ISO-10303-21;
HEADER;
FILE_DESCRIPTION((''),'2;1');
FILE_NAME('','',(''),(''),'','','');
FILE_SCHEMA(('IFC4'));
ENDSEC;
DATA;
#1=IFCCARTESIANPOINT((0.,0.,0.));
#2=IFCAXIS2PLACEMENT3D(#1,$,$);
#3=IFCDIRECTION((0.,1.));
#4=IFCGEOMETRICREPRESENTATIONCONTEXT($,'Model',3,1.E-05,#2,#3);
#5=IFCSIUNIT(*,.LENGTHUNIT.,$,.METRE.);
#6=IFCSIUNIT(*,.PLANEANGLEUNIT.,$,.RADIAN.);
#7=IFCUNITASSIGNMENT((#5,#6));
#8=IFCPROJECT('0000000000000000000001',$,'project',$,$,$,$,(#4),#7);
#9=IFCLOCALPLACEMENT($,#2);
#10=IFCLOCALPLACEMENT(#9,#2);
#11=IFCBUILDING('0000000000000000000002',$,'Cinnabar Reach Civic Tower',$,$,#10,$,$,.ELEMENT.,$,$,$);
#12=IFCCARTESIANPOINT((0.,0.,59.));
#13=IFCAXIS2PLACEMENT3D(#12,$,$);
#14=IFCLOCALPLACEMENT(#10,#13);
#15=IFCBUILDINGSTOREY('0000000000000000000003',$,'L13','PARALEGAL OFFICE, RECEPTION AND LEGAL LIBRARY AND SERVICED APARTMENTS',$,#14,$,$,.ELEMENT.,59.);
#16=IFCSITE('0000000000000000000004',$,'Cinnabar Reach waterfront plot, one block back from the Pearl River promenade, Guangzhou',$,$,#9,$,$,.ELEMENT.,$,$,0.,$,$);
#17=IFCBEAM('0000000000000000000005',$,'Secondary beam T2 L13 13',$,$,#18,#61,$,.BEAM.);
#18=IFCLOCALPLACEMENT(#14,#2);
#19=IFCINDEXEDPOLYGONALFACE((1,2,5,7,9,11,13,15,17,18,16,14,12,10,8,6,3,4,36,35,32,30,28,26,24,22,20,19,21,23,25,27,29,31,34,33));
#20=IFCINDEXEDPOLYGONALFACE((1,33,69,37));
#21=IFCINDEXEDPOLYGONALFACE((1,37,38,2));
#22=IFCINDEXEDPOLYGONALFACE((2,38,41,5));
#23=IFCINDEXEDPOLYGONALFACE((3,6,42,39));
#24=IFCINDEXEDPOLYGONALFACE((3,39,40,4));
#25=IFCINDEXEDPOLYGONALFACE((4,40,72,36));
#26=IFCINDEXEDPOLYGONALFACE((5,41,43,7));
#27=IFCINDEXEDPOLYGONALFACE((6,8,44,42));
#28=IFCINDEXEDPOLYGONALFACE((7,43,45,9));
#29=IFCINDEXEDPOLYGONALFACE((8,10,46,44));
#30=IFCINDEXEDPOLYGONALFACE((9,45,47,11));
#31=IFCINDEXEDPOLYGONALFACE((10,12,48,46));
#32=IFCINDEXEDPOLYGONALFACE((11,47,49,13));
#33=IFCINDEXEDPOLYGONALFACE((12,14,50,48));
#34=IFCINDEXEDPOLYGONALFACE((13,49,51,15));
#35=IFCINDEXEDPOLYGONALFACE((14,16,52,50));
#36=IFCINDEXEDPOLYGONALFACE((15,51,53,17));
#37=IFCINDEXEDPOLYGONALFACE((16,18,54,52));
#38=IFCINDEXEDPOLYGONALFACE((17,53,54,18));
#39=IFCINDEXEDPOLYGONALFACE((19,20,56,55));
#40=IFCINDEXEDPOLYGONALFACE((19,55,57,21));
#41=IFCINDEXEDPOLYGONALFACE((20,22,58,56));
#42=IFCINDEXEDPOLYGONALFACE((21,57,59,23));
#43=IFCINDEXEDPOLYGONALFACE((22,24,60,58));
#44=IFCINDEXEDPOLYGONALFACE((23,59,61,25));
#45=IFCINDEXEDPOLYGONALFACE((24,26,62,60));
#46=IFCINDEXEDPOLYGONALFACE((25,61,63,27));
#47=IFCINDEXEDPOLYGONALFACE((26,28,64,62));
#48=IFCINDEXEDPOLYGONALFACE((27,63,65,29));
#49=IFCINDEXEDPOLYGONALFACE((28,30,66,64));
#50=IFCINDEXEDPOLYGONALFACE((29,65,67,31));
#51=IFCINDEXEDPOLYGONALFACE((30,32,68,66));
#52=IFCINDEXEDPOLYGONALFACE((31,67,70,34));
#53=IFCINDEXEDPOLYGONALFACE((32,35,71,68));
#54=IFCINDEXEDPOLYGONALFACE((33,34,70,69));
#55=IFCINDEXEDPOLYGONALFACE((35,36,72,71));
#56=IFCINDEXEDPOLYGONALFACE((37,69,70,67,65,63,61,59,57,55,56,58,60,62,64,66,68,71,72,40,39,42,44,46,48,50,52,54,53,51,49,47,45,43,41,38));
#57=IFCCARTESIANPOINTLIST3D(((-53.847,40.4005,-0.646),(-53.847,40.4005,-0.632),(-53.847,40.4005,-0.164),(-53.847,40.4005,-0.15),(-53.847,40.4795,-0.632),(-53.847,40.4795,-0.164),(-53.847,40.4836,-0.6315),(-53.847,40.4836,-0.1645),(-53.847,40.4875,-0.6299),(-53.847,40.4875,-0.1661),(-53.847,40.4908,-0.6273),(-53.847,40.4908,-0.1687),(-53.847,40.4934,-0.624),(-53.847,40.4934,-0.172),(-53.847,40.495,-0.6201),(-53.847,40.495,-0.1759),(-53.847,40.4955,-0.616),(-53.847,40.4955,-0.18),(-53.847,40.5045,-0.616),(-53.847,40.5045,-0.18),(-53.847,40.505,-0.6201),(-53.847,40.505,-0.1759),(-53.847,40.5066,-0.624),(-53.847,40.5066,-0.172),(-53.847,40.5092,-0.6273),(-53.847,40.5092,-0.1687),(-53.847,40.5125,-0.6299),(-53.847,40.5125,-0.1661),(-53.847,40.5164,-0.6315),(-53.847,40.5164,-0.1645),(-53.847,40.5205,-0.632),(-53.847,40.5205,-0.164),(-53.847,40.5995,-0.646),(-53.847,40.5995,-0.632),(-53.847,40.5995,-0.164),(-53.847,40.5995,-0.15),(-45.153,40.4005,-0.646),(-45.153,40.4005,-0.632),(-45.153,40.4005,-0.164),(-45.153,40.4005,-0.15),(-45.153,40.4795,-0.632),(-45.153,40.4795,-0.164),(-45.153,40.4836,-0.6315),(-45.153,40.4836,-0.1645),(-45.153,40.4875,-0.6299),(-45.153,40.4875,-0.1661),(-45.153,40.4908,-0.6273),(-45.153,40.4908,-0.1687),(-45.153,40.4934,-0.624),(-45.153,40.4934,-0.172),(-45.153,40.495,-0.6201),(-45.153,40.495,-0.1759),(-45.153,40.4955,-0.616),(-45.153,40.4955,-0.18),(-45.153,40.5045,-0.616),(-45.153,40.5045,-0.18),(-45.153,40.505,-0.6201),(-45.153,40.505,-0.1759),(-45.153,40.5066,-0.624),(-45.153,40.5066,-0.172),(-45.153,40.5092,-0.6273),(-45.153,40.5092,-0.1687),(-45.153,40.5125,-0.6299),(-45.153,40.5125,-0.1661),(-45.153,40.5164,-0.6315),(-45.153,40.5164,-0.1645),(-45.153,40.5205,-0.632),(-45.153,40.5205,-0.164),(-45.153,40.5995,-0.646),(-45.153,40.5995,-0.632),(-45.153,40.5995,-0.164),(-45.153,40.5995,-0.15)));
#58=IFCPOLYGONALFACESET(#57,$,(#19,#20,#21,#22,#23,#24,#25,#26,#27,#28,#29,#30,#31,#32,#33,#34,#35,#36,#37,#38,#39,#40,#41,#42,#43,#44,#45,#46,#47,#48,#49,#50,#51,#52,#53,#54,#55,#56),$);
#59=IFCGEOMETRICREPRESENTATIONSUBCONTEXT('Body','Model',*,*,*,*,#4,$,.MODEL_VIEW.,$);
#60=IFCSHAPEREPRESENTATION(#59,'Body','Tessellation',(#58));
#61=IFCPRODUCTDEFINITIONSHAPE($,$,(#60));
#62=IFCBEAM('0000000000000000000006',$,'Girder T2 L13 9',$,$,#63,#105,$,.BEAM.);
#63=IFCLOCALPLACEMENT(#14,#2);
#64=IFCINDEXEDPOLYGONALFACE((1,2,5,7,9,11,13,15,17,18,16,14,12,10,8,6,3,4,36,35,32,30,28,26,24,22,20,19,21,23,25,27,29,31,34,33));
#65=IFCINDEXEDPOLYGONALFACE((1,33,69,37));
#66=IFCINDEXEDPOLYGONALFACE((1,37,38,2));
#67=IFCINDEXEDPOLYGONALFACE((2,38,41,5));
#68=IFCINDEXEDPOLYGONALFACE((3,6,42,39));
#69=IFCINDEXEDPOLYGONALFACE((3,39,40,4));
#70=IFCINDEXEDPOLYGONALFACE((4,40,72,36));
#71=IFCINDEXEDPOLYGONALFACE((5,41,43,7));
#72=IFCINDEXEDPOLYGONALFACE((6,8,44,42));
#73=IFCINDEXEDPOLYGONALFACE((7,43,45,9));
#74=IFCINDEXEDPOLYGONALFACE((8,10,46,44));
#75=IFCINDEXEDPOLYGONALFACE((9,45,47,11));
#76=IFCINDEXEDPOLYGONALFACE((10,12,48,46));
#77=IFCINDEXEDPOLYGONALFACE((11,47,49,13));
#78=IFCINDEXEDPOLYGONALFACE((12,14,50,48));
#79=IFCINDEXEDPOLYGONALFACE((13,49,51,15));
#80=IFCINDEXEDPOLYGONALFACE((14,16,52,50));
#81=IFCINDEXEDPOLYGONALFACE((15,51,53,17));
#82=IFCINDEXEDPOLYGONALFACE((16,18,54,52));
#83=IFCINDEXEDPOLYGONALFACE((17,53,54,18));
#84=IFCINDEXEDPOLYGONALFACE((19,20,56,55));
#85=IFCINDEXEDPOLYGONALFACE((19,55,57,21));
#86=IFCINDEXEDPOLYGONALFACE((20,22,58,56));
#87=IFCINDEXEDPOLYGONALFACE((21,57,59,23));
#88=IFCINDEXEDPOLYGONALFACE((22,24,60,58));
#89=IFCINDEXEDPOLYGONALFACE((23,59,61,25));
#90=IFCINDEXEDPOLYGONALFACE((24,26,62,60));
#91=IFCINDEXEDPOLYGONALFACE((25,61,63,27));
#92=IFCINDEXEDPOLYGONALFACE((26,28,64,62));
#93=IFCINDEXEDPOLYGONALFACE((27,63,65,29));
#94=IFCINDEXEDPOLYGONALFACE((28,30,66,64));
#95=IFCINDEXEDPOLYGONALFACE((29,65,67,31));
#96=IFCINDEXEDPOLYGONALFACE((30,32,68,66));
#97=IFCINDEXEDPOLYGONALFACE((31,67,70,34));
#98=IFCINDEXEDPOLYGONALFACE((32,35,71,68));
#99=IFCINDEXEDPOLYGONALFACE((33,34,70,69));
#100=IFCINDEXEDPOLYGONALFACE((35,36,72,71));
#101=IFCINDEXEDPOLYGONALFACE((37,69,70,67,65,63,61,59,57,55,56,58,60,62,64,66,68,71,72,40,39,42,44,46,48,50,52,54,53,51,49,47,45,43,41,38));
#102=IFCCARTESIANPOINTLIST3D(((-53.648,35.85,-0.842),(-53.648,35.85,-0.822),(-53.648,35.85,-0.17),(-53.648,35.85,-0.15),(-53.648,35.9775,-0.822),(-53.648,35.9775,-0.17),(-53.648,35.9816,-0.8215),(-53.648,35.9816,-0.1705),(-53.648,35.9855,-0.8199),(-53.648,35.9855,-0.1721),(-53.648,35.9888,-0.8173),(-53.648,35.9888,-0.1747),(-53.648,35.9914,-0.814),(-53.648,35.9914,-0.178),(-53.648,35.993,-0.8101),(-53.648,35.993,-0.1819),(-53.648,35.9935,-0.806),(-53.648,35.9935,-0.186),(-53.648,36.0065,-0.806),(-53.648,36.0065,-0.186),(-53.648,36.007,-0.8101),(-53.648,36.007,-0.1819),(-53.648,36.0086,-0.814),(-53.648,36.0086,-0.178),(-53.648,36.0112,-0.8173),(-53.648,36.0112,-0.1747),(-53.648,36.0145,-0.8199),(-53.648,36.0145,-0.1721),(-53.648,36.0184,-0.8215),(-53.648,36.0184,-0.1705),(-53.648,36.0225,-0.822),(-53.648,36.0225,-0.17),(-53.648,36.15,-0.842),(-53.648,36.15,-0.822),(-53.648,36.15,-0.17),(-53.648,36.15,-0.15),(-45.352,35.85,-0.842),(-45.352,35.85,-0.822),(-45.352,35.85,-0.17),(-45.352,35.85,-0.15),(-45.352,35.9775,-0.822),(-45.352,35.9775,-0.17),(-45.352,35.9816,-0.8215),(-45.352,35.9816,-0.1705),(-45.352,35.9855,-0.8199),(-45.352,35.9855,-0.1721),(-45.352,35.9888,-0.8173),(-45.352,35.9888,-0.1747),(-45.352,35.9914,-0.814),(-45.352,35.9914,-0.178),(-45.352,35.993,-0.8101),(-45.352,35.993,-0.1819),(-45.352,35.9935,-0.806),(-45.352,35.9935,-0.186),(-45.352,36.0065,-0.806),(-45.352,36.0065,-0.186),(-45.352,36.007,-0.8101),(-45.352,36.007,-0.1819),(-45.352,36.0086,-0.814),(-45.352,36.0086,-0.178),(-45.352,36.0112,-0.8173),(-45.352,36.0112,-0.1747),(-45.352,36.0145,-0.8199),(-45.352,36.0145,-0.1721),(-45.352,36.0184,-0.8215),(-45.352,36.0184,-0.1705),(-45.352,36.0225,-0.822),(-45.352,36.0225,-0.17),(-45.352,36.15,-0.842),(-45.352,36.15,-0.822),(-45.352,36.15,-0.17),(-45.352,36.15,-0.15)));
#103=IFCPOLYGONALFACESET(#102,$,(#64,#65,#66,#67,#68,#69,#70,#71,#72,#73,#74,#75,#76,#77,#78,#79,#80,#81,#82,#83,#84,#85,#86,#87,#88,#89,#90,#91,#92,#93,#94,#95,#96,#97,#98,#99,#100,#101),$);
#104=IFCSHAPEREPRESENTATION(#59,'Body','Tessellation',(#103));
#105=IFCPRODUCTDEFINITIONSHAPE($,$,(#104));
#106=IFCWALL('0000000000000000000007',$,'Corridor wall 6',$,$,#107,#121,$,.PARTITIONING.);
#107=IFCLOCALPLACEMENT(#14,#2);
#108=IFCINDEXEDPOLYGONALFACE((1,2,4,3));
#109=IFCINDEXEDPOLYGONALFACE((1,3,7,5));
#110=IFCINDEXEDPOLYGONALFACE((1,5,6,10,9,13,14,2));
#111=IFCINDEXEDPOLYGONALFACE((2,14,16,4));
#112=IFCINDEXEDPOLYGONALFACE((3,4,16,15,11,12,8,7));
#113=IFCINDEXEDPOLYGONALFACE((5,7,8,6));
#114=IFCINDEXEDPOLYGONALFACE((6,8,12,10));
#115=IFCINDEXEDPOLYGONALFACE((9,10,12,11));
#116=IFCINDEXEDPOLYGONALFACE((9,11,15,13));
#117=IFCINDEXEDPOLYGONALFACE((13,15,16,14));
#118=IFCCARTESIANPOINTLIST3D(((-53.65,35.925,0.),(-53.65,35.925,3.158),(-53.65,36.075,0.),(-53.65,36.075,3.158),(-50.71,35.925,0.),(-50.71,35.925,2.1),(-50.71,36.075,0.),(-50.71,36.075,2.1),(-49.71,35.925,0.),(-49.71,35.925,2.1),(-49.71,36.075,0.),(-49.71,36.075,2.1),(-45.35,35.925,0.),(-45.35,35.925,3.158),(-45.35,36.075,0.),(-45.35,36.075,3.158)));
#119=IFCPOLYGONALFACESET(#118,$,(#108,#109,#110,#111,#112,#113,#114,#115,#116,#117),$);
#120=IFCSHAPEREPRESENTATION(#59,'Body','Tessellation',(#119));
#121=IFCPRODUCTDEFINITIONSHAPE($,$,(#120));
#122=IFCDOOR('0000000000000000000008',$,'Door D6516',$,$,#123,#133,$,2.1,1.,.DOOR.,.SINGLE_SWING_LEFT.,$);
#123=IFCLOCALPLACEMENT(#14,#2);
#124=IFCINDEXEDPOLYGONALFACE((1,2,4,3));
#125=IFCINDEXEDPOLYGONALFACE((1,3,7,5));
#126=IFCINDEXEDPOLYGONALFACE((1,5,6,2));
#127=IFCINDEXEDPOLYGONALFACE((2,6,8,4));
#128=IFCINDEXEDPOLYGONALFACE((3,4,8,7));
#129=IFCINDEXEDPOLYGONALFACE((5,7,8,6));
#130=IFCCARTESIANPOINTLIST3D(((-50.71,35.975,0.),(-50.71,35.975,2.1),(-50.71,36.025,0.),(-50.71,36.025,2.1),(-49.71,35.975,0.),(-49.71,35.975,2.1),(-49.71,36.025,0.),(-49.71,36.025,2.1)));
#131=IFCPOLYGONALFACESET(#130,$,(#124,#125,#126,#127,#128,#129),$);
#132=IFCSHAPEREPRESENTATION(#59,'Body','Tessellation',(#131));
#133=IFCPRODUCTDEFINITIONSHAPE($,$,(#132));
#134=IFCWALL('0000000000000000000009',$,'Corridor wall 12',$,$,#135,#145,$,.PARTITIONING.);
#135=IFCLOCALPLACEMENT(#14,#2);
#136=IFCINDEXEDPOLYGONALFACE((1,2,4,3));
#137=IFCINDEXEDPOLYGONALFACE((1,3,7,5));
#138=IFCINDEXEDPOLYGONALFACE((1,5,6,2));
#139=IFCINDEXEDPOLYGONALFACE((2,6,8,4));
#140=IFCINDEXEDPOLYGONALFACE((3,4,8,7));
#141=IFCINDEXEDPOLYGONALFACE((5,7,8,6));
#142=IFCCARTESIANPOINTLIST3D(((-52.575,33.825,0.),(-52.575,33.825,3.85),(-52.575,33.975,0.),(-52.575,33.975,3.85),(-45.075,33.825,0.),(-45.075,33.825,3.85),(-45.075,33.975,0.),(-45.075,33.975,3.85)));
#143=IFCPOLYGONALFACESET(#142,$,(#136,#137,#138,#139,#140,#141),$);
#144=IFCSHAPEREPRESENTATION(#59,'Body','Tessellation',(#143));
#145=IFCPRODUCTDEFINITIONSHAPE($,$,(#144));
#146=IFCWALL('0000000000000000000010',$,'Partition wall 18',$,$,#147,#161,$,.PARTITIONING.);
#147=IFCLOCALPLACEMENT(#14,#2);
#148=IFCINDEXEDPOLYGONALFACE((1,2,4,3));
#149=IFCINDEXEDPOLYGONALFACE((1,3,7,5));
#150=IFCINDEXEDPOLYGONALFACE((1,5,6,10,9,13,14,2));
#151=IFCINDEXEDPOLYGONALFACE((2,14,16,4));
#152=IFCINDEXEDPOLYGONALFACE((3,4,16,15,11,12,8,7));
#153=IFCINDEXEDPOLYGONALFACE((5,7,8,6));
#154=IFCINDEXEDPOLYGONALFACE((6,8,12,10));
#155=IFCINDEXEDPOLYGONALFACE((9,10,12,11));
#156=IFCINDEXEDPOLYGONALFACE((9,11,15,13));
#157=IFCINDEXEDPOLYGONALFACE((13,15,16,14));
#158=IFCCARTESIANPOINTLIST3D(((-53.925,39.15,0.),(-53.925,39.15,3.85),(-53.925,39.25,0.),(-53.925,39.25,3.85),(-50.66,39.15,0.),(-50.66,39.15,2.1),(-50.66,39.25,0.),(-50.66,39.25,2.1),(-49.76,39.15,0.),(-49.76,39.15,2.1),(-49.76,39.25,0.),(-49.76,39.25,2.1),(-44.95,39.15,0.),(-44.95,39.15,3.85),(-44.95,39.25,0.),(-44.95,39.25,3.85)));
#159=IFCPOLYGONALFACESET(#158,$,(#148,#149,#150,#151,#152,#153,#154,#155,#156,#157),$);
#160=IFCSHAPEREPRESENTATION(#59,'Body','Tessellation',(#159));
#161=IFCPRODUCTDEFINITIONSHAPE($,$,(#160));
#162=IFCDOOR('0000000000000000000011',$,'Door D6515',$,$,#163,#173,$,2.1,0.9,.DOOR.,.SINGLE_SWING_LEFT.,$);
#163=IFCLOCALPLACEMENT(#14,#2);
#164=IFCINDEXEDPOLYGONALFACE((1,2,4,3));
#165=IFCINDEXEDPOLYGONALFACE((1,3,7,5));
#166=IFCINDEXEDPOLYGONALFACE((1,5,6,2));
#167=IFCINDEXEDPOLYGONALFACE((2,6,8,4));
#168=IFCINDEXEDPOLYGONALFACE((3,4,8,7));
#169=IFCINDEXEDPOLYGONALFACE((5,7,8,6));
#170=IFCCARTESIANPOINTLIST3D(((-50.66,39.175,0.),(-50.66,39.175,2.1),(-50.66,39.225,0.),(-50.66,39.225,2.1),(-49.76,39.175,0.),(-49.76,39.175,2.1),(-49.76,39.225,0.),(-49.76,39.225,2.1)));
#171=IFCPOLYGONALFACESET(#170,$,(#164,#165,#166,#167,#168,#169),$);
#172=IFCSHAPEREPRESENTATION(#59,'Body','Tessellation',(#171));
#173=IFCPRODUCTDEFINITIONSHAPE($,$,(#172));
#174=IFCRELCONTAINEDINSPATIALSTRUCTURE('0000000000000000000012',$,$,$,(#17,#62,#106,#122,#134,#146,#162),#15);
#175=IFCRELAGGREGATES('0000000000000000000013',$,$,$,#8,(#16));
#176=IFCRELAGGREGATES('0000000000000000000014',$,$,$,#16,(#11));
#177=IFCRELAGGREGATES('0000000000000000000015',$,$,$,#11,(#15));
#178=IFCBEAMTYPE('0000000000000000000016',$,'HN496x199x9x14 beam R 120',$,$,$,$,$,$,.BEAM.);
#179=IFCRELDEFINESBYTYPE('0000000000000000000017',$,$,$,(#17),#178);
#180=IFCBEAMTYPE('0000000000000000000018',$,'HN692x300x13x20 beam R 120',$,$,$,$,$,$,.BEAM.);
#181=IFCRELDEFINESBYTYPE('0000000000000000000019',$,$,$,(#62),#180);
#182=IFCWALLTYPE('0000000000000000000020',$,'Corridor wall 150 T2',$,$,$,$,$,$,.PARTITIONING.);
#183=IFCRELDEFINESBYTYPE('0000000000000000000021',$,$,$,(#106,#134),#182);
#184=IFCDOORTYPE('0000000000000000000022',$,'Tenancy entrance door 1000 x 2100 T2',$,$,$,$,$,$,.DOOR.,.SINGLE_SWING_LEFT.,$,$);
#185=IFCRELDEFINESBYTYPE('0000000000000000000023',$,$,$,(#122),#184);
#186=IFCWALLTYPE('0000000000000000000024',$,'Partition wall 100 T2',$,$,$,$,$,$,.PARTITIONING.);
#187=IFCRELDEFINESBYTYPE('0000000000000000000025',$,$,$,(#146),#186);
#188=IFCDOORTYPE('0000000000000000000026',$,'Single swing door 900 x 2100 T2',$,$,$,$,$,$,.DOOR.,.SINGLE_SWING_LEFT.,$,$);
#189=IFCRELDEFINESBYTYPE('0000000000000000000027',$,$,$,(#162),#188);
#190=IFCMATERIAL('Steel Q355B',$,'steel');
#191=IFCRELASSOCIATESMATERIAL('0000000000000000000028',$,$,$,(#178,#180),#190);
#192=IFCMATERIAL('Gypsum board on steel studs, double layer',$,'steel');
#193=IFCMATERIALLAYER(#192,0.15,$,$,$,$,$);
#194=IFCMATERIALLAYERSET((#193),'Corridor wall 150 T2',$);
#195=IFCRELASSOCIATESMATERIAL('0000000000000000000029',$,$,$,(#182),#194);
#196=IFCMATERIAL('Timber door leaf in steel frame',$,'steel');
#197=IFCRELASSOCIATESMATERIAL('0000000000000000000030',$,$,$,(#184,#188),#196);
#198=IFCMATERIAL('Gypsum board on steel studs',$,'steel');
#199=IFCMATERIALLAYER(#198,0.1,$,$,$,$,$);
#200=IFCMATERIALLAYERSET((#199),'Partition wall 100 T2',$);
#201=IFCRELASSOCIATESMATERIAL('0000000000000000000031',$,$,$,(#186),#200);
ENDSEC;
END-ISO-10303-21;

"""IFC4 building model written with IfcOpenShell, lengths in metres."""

from ifc_helpers import new_model, si_unit, direction, frame, frame_2d, origin, origin_2d, place, context, subcontext, project, spatial, rectangle, i_section, extrude, material, layer, layer_set, material_profile, profile_set, type_object, element, fill, save


model = new_model("IFC4")

# Units and contexts
model_context = context("Model", 3, precision=1e-05, world=origin(), true_north=direction((0.0, 1.0)))
body_context = subcontext(model_context, "Body", "Model", "MODEL_VIEW")
ifc_project = project(units=[si_unit("LENGTHUNIT", "METRE"), si_unit("PLANEANGLEUNIT", "RADIAN")], contexts=[model_context])

# Site, building, storey
site_placement = place(None, origin())
site = spatial("IfcSite", under=ifc_project, at=site_placement, Name="Cinnabar Reach waterfront plot, one block back from the Pearl River promenade, Guangzhou", CompositionType="ELEMENT", RefElevation=0.0)
building_placement = place(site_placement, origin())
building = spatial("IfcBuilding", under=site, at=building_placement, Name="Cinnabar Reach Civic Tower", CompositionType="ELEMENT")
storey_placement = place(building_placement, frame((0.0, 0.0, 59.0)))
storey = spatial("IfcBuildingStorey", under=building, at=storey_placement, Name="L13", Description="PARALEGAL OFFICE, RECEPTION AND LEGAL LIBRARY AND SERVICED APARTMENTS", CompositionType="ELEMENT", Elevation=59.0)

# Beams
ifc_material_1 = material(Name="Steel Q355B", Category="steel")
ifc_material_profile_1 = material_profile(ifc_material_1, i_section(OverallWidth=0.199, OverallDepth=0.496, WebThickness=0.009, FlangeThickness=0.014, FilletRadius=0.016, at=origin_2d()), Name="HN496x199x9x14")
ifc_profile_set_1 = profile_set([ifc_material_profile_1], Name="Steel Q355B")
beam_type_1 = type_object("IfcBeamType", Name="HN496x199x9x14 beam R 120", PredefinedType="BEAM", material=ifc_profile_set_1)
beam_1_placement = place(storey_placement, frame((-53.847, 40.5, -0.398), z_axis=(1.0, 0.0, 0.0), x_axis=(0.0, 1.0, 0.0)))
element("IfcBeam", 1, at=beam_1_placement, inside=storey, type_object=beam_type_1, Name="Secondary beam T2 L13 13", PredefinedType="BEAM", context=body_context, shape_type="SweptSolid", body=[
    extrude(i_section(OverallWidth=0.199, OverallDepth=0.496, WebThickness=0.009, FlangeThickness=0.014, FilletRadius=0.016, at=origin_2d()), origin(), (0.0, 0.0, 1.0), 8.694),
])
ifc_material_profile_2 = material_profile(ifc_material_1, i_section(OverallWidth=0.3, OverallDepth=0.692, WebThickness=0.013, FlangeThickness=0.02, FilletRadius=0.016, at=origin_2d()), Name="HN692x300x13x20")
ifc_profile_set_2 = profile_set([ifc_material_profile_2], Name="Steel Q355B")
beam_type_2 = type_object("IfcBeamType", Name="HN692x300x13x20 beam R 120", PredefinedType="BEAM", material=ifc_profile_set_2)
beam_2_placement = place(storey_placement, frame((-53.648, 36.0, -0.496), z_axis=(1.0, 0.0, 0.0), x_axis=(0.0, 1.0, 0.0)))
element("IfcBeam", 2, at=beam_2_placement, inside=storey, type_object=beam_type_2, Name="Girder T2 L13 9", PredefinedType="BEAM", context=body_context, shape_type="SweptSolid", body=[
    extrude(i_section(OverallWidth=0.3, OverallDepth=0.692, WebThickness=0.013, FlangeThickness=0.02, FilletRadius=0.016, at=origin_2d()), origin(), (0.0, 0.0, 1.0), 8.296),
])

# Wall, opening, door
ifc_material_2 = material(Name="Gypsum board on steel studs, double layer", Category="steel")
ifc_layer_1 = layer(ifc_material_2, 0.15)
ifc_layer_set_1 = layer_set([ifc_layer_1], Name="Corridor wall 150 T2")
wall_type_1 = type_object("IfcWallType", Name="Corridor wall 150 T2", PredefinedType="PARTITIONING", material=ifc_layer_set_1)
wall_1_placement = place(storey_placement, frame((-53.65, 36.0, 0.0), z_axis=(0.0, 0.0, 1.0), x_axis=(1.0, 0.0, 0.0)))
wall_1 = element("IfcWall", 3, at=wall_1_placement, inside=storey, type_object=wall_type_1, Name="Corridor wall 6", PredefinedType="PARTITIONING", context=body_context, shape_type="SweptSolid", body=[
    extrude(rectangle(XDim=8.3, YDim=0.15, at=frame_2d((4.15, 0.0))), origin(), (0.0, 0.0, 1.0), 3.158),
])
opening_1_placement = place(wall_1_placement, frame((2.94, 0.0, 0.0)))
opening_1 = element("IfcOpeningElement", 4, at=opening_1_placement, cuts=wall_1, PredefinedType="OPENING", context=body_context, shape_type="SweptSolid", body=[
    extrude(rectangle(XDim=1.0, YDim=2.1, at=frame_2d((0.5, 1.05))), frame((0.0, 0.085, 0.0), z_axis=(0.0, -1.0, 0.0), x_axis=(1.0, 0.0, 0.0)), (0.0, 0.0, 1.0), 0.17),
])
ifc_material_3 = material(Name="Timber door leaf in steel frame", Category="steel")
door_type_1 = type_object("IfcDoorType", Name="Tenancy entrance door 1000 x 2100 T2", OperationType="SINGLE_SWING_LEFT", PredefinedType="DOOR", material=ifc_material_3)
door_1_placement = place(opening_1_placement, origin())
door_1 = element("IfcDoor", 5, at=door_1_placement, inside=storey, type_object=door_type_1, Name="Door D6516", OperationType="SINGLE_SWING_LEFT", OverallHeight=2.1, OverallWidth=1.0, PredefinedType="DOOR", context=body_context, shape_type="SweptSolid", body=[
    extrude(rectangle(XDim=1.0, YDim=2.1, at=frame_2d((0.5, 1.05))), frame((0.0, 0.025, 0.0), z_axis=(0.0, -1.0, 0.0), x_axis=(1.0, 0.0, 0.0)), (0.0, 0.0, 1.0), 0.05),
])
fill(opening_1, door_1)

# Wall
wall_2_placement = place(storey_placement, frame((-52.575, 33.9, 0.0), z_axis=(0.0, 0.0, 1.0), x_axis=(1.0, 0.0, 0.0)))
element("IfcWall", 6, at=wall_2_placement, inside=storey, type_object=wall_type_1, Name="Corridor wall 12", PredefinedType="PARTITIONING", context=body_context, shape_type="SweptSolid", body=[
    extrude(rectangle(XDim=7.5, YDim=0.15, at=frame_2d((3.75, 0.0))), origin(), (0.0, 0.0, 1.0), 3.85),
])

# Wall, opening, door
ifc_material_4 = material(Name="Gypsum board on steel studs", Category="steel")
ifc_layer_2 = layer(ifc_material_4, 0.1)
ifc_layer_set_2 = layer_set([ifc_layer_2], Name="Partition wall 100 T2")
wall_type_2 = type_object("IfcWallType", Name="Partition wall 100 T2", PredefinedType="PARTITIONING", material=ifc_layer_set_2)
wall_3_placement = place(storey_placement, frame((-53.925, 39.2, 0.0), z_axis=(0.0, 0.0, 1.0), x_axis=(1.0, 0.0, 0.0)))
wall_3 = element("IfcWall", 7, at=wall_3_placement, inside=storey, type_object=wall_type_2, Name="Partition wall 18", PredefinedType="PARTITIONING", context=body_context, shape_type="SweptSolid", body=[
    extrude(rectangle(XDim=8.975, YDim=0.1, at=frame_2d((4.4875, 0.0))), origin(), (0.0, 0.0, 1.0), 3.85),
])
opening_2_placement = place(wall_3_placement, frame((3.265, 0.0, 0.0)))
opening_2 = element("IfcOpeningElement", 8, at=opening_2_placement, cuts=wall_3, PredefinedType="OPENING", context=body_context, shape_type="SweptSolid", body=[
    extrude(rectangle(XDim=0.9, YDim=2.1, at=frame_2d((0.45, 1.05))), frame((0.0, 0.06, 0.0), z_axis=(0.0, -1.0, 0.0), x_axis=(1.0, 0.0, 0.0)), (0.0, 0.0, 1.0), 0.12),
])
door_type_2 = type_object("IfcDoorType", Name="Single swing door 900 x 2100 T2", OperationType="SINGLE_SWING_LEFT", PredefinedType="DOOR", material=ifc_material_3)
door_2_placement = place(opening_2_placement, frame((0.9, 0.0, 0.0), z_axis=(0.0, 0.0, 1.0), x_axis=(-1.0, 0.0, 0.0)))
door_2 = element("IfcDoor", 9, at=door_2_placement, inside=storey, type_object=door_type_2, Name="Door D6515", OperationType="SINGLE_SWING_LEFT", OverallHeight=2.1, OverallWidth=0.9, PredefinedType="DOOR", context=body_context, shape_type="SweptSolid", body=[
    extrude(rectangle(XDim=0.9, YDim=2.1, at=frame_2d((0.45, 1.05))), frame((0.0, 0.025, 0.0), z_axis=(0.0, -1.0, 0.0), x_axis=(1.0, 0.0, 0.0)), (0.0, 0.0, 1.0), 0.05),
])
fill(opening_2, door_2)

save(model, "model.ifc")
